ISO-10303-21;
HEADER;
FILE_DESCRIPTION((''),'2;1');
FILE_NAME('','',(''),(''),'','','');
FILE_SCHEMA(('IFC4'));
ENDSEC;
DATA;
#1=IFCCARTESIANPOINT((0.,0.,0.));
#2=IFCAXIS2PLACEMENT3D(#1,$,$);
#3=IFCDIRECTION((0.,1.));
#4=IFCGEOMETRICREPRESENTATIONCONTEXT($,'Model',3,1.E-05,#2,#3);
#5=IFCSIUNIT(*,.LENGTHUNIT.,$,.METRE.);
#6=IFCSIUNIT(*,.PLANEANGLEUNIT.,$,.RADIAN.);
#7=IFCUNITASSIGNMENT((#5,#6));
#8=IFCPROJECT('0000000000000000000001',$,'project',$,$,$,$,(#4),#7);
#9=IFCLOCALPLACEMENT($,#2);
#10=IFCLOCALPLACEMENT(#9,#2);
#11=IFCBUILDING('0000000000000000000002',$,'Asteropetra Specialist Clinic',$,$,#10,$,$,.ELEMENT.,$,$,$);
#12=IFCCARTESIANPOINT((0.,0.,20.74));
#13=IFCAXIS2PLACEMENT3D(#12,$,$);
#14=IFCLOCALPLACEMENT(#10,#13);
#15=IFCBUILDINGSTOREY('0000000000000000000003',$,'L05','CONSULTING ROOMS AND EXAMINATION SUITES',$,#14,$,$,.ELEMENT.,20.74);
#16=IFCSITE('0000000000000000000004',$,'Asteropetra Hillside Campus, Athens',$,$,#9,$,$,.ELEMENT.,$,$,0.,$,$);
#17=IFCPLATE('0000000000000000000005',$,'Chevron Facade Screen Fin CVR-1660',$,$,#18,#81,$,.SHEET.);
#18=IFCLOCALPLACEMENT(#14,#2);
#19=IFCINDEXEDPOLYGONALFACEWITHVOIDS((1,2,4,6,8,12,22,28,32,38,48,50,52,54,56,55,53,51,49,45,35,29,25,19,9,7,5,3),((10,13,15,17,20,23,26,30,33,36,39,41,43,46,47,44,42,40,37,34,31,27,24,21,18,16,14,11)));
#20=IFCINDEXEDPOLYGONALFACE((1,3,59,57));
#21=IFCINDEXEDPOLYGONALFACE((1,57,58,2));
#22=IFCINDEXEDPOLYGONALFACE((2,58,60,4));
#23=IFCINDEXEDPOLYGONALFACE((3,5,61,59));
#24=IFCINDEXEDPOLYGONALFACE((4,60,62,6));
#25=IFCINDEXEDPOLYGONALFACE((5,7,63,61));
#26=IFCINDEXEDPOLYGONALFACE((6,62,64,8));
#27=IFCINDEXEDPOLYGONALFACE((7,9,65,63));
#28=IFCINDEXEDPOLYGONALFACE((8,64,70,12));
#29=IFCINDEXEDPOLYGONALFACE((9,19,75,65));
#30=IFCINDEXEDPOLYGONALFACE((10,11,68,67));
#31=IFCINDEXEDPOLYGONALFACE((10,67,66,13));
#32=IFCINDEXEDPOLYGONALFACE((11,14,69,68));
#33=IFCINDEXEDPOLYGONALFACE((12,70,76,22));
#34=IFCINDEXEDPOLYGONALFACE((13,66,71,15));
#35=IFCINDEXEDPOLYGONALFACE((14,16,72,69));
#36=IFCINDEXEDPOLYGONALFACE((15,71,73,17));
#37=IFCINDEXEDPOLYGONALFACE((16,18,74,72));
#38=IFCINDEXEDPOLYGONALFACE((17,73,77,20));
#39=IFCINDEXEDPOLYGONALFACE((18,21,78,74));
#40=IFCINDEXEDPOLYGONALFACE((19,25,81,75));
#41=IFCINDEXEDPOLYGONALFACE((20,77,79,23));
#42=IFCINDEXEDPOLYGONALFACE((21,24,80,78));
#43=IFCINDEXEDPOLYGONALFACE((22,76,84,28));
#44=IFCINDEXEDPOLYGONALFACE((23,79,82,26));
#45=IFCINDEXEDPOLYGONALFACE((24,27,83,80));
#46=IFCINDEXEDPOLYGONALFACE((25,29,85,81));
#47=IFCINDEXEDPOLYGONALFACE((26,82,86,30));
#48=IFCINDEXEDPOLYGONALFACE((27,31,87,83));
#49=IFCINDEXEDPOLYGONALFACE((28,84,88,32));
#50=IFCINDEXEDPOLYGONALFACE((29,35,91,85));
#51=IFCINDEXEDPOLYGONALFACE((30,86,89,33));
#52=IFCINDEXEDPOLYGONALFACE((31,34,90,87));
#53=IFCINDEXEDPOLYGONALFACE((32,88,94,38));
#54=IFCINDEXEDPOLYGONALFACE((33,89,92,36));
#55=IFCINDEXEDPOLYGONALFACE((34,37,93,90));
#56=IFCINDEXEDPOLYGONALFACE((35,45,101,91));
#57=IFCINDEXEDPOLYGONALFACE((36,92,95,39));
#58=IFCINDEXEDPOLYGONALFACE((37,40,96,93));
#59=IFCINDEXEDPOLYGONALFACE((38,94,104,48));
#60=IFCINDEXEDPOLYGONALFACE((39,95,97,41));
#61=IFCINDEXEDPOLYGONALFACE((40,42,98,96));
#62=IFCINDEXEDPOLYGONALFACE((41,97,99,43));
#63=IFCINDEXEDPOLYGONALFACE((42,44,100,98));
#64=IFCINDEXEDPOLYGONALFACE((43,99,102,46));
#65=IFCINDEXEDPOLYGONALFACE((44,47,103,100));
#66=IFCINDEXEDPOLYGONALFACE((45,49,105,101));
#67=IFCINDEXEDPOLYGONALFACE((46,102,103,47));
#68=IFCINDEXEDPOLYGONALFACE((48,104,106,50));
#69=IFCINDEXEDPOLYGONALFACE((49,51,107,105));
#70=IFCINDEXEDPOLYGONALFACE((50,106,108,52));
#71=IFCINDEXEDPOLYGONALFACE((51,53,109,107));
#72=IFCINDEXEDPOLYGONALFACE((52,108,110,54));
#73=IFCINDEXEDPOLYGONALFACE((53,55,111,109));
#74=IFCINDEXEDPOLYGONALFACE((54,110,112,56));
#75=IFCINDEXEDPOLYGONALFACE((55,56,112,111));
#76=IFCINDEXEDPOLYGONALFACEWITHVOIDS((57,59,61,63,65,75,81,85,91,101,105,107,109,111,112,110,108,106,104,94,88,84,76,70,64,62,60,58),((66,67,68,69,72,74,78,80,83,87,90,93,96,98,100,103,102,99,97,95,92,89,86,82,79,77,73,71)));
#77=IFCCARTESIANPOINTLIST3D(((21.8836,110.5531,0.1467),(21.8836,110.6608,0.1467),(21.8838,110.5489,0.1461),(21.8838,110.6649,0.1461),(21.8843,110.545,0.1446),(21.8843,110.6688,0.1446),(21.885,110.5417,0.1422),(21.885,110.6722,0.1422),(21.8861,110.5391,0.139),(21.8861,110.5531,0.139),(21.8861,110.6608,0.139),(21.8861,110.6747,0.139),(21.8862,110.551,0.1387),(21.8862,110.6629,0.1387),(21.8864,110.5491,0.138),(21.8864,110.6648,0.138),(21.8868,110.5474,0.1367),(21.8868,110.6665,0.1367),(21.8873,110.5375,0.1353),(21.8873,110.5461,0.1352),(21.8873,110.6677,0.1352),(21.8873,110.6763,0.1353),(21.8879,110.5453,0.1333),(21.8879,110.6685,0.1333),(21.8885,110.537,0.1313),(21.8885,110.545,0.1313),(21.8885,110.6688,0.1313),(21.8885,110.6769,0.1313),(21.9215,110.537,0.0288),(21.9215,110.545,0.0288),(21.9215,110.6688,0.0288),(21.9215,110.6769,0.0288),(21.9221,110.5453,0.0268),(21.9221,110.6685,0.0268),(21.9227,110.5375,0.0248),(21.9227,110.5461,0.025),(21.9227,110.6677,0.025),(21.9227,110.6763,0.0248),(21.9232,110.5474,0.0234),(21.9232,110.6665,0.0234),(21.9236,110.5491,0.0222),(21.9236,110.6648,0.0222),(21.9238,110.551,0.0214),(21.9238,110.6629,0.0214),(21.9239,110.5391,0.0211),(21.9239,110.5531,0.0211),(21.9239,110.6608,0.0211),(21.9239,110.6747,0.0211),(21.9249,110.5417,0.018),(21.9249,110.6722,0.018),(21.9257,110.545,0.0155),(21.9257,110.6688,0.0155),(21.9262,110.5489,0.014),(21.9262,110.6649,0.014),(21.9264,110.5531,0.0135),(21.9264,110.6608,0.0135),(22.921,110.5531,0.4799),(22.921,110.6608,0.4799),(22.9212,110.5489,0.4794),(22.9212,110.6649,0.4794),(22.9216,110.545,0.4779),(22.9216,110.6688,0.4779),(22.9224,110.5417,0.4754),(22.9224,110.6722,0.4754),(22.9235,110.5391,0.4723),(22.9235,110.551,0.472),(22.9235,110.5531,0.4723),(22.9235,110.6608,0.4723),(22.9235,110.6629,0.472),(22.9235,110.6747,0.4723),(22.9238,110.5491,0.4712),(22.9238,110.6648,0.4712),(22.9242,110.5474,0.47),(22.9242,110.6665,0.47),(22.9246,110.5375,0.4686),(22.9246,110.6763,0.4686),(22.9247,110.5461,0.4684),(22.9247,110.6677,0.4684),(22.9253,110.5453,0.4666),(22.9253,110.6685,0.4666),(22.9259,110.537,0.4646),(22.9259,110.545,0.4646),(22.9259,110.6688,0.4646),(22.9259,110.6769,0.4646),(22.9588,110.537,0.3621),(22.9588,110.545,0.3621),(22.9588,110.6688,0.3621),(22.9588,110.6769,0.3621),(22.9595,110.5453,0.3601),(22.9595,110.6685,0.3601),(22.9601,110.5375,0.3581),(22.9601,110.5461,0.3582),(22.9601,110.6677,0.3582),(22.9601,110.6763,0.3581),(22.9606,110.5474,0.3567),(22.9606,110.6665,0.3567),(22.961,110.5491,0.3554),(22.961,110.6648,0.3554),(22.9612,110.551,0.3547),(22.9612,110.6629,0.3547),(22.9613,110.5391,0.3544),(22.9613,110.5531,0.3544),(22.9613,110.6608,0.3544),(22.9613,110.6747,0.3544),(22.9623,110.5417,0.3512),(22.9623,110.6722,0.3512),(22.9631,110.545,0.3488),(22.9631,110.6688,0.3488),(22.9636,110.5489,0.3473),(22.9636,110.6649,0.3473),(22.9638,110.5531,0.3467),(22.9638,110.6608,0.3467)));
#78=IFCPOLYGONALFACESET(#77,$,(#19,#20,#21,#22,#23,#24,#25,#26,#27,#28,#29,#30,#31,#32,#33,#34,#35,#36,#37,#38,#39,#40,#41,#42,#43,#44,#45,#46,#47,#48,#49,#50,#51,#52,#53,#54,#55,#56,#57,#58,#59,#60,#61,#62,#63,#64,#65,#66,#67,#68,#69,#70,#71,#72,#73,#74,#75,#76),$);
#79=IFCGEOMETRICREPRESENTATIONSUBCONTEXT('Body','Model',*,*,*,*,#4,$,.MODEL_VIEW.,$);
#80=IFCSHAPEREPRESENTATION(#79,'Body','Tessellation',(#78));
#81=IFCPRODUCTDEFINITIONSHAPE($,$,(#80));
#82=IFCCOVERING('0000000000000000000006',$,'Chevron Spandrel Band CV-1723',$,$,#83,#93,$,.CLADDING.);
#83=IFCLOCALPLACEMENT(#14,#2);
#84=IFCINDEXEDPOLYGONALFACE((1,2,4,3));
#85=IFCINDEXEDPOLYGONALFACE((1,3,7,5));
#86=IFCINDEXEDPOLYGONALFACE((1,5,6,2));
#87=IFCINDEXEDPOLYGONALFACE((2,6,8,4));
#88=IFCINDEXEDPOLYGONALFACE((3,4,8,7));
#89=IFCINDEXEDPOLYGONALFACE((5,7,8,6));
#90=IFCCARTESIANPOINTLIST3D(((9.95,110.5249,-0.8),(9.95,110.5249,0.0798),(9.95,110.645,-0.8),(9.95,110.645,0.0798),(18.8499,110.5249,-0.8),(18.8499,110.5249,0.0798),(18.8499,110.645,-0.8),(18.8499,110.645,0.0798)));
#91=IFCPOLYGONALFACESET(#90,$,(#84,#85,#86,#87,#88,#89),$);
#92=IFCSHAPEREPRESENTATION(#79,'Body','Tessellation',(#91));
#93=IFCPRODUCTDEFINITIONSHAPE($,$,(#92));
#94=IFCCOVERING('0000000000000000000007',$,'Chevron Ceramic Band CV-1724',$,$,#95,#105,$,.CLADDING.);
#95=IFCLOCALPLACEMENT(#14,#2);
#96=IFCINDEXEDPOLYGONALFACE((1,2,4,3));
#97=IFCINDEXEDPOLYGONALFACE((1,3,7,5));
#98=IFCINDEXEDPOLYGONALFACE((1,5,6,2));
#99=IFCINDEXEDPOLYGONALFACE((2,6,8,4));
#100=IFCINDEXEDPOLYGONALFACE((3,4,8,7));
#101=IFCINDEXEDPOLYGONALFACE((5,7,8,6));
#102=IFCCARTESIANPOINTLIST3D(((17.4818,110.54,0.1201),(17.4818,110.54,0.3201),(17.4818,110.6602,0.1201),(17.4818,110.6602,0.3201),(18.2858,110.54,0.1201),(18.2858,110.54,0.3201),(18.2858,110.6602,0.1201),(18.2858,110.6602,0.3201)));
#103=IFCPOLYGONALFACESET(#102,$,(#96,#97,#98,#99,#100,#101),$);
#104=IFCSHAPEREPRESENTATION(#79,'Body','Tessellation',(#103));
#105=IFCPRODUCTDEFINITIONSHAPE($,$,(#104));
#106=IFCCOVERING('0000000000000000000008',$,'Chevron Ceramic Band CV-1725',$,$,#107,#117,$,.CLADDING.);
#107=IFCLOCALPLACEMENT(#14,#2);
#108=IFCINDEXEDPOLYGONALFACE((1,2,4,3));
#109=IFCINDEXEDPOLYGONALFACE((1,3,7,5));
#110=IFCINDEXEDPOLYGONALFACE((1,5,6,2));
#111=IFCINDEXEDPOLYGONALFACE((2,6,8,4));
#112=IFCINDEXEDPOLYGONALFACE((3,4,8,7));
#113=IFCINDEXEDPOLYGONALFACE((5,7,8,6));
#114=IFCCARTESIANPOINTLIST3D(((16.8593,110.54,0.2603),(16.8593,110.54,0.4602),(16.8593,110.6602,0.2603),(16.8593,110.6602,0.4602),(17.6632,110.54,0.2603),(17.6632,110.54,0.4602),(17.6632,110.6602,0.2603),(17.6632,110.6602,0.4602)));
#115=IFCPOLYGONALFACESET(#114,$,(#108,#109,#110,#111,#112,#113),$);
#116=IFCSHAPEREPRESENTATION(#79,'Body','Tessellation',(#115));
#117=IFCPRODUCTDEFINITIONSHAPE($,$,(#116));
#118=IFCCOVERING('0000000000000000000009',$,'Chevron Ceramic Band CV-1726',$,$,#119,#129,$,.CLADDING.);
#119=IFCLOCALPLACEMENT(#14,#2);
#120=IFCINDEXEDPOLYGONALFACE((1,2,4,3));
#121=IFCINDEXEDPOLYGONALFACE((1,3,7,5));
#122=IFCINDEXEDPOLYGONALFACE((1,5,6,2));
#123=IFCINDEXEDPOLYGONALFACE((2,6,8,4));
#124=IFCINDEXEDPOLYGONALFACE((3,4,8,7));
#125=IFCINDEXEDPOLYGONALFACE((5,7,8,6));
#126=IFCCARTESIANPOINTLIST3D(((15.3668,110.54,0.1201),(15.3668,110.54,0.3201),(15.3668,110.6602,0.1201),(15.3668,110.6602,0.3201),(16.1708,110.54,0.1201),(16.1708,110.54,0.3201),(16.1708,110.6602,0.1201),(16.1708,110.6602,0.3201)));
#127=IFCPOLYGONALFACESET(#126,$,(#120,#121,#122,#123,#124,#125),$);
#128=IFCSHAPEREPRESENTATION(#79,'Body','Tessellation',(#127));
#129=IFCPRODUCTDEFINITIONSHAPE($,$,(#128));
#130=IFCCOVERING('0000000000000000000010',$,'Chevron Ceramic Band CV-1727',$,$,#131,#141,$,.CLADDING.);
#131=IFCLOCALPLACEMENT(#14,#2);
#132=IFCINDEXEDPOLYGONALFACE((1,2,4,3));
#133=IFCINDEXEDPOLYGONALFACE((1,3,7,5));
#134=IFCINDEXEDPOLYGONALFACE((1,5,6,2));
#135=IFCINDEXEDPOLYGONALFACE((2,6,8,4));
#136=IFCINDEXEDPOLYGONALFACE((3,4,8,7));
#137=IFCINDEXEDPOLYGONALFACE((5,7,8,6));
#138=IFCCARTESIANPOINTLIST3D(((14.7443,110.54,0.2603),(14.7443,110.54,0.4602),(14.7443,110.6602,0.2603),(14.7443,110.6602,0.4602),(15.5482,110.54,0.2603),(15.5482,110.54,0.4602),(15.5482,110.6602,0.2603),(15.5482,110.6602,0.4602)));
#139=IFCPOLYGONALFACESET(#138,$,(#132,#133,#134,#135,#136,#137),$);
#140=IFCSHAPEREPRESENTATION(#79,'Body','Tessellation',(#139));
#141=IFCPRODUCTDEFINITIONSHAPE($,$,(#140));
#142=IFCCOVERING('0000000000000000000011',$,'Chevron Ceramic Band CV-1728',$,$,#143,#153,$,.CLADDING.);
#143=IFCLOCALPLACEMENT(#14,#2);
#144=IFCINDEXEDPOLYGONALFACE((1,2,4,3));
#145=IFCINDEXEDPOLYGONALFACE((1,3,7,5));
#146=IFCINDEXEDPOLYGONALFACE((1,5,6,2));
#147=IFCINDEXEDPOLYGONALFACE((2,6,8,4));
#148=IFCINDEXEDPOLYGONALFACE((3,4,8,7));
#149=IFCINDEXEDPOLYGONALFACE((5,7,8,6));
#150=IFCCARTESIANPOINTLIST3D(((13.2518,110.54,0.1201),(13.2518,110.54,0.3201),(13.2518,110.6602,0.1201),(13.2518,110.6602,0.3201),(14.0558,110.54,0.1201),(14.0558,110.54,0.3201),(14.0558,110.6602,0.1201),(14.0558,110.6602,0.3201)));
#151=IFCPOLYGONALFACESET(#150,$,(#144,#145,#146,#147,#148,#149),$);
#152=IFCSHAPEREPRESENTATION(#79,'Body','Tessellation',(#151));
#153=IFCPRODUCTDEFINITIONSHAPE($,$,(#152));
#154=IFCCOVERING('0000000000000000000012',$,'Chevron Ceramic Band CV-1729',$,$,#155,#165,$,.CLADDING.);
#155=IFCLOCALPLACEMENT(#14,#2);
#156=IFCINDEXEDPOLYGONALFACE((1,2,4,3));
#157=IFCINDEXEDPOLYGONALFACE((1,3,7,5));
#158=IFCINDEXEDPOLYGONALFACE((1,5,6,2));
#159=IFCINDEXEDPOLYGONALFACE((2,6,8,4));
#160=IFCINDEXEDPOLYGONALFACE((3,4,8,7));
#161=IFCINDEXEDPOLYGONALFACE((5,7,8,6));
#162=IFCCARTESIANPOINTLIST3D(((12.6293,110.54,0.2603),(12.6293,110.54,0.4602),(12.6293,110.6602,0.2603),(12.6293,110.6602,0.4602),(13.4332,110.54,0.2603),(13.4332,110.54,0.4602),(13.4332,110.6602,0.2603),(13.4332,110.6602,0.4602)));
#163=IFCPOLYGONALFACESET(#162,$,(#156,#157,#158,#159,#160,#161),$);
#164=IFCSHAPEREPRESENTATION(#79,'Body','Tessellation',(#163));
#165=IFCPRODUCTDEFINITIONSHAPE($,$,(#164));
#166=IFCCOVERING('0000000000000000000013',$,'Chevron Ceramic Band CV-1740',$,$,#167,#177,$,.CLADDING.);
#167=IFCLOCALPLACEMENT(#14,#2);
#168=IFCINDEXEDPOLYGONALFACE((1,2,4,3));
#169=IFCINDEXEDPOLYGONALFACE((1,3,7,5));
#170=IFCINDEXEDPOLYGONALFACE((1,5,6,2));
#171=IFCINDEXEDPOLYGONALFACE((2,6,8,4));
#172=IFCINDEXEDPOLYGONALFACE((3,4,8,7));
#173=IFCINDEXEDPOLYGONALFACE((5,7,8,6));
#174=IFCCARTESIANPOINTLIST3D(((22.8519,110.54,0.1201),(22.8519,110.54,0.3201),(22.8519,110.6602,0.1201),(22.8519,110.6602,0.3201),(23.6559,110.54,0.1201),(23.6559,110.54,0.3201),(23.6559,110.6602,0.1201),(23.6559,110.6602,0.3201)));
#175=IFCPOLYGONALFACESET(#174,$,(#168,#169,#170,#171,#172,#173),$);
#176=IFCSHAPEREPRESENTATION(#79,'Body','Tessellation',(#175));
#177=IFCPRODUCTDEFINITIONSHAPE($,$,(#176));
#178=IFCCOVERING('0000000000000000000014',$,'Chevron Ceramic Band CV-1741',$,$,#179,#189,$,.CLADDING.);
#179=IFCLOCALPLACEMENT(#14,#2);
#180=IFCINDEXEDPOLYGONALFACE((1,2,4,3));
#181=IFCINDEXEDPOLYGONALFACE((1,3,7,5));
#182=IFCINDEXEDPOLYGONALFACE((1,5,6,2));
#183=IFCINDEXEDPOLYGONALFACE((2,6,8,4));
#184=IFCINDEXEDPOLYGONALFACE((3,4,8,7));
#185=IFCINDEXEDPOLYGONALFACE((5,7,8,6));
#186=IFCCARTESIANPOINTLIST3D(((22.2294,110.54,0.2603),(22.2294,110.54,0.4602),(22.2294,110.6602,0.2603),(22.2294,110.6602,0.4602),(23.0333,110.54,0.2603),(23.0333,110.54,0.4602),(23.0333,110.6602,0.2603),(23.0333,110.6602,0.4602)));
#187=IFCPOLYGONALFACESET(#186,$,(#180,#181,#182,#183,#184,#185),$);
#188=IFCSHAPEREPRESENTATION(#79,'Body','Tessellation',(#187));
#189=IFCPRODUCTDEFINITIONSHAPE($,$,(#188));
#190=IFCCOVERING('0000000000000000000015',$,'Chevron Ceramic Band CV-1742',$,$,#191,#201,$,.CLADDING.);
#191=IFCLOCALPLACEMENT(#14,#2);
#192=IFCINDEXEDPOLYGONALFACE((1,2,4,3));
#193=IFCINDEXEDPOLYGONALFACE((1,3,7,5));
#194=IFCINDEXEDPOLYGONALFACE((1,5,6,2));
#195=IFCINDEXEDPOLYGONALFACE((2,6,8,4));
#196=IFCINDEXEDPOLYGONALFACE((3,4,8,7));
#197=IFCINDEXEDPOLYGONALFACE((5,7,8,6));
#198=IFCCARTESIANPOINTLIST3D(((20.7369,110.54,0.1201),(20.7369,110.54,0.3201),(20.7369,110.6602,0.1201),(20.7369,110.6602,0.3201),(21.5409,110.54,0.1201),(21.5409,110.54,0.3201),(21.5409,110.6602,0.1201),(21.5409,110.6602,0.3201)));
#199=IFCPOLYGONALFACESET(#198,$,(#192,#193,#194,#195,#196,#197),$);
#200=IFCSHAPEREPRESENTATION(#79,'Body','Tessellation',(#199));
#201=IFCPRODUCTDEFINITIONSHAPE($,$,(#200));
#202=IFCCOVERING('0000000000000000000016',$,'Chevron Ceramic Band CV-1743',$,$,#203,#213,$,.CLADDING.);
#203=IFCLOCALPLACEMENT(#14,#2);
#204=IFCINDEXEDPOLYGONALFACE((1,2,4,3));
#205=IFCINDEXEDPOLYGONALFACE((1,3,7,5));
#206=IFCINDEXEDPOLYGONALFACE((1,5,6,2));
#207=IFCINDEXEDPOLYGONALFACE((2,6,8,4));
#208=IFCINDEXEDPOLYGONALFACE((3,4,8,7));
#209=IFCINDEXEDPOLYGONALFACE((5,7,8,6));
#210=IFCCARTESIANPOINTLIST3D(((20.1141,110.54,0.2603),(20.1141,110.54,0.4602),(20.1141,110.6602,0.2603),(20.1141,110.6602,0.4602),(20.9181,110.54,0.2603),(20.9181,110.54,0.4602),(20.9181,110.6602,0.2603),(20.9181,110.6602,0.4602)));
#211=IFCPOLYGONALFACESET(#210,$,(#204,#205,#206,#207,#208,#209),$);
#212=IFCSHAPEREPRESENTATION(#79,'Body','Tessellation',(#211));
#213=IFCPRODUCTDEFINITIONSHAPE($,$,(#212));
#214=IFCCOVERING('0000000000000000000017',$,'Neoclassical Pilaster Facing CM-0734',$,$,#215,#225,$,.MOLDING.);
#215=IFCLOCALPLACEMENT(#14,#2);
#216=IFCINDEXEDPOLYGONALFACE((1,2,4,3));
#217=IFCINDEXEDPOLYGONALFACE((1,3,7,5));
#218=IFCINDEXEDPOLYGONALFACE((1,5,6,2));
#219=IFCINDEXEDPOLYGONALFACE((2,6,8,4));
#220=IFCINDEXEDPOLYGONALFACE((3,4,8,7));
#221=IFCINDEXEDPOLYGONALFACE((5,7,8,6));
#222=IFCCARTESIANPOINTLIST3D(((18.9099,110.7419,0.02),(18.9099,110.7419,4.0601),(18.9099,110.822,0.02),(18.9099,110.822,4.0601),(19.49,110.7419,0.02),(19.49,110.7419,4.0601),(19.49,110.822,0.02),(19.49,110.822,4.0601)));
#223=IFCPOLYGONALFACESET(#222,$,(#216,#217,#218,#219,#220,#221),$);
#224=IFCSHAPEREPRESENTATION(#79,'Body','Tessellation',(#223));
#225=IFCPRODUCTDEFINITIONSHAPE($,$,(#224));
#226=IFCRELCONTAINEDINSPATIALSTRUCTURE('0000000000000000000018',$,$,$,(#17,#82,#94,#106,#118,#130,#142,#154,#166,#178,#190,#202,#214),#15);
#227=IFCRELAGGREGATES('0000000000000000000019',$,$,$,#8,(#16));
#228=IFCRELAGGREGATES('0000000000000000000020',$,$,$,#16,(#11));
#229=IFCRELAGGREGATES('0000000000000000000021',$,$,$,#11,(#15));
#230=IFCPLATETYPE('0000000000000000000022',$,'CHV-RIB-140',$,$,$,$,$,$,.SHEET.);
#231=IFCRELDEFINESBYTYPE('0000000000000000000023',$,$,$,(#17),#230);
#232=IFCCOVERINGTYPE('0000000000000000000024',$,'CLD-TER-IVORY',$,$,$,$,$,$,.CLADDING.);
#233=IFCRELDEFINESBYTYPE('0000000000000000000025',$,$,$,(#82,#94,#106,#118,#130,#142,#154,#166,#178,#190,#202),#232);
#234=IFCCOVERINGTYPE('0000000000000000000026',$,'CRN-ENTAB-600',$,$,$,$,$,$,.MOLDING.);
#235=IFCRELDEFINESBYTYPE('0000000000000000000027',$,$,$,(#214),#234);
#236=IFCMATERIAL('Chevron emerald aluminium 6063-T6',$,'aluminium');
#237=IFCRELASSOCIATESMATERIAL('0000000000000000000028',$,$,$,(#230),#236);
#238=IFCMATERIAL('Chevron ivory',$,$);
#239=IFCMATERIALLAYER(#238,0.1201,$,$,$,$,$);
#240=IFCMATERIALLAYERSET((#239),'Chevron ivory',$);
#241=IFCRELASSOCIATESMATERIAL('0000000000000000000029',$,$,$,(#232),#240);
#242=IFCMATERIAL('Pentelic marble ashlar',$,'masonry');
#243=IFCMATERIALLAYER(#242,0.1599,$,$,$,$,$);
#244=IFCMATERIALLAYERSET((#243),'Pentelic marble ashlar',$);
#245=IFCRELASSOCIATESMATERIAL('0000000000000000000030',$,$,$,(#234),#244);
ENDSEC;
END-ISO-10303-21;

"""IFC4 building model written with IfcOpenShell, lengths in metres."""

from ifc_helpers import new_model, si_unit, direction, frame, origin, origin_2d, place, context, subcontext, project, spatial, rectangle, hollow_rectangle, extrude, material, layer, layer_set, material_profile, profile_set, type_object, element, save


model = new_model("IFC4")

# Units and contexts
model_context = context("Model", 3, precision=1e-05, world=origin(), true_north=direction((0.0, 1.0)))
body_context = subcontext(model_context, "Body", "Model", "MODEL_VIEW")
ifc_project = project(units=[si_unit("LENGTHUNIT", "METRE"), si_unit("PLANEANGLEUNIT", "RADIAN")], contexts=[model_context])

# Site, building, storey
site_placement = place(None, origin())
site = spatial("IfcSite", under=ifc_project, at=site_placement, Name="Asteropetra Hillside Campus, Athens", CompositionType="ELEMENT", RefElevation=0.0)
building_placement = place(site_placement, origin())
building = spatial("IfcBuilding", under=site, at=building_placement, Name="Asteropetra Specialist Clinic", CompositionType="ELEMENT")
storey_placement = place(building_placement, frame((0.0, 0.0, 20.74)))
storey = spatial("IfcBuildingStorey", under=building, at=storey_placement, Name="L05", Description="CONSULTING ROOMS AND EXAMINATION SUITES", CompositionType="ELEMENT", Elevation=20.74)

# Plate
ifc_material_1 = material(Name="Chevron emerald aluminium 6063-T6", Category="aluminium")
ifc_material_profile_1 = material_profile(ifc_material_1, hollow_rectangle(XDim=0.1399, YDim=0.1399, WallThickness=0.0081, InnerFilletRadius=0.0081, OuterFilletRadius=0.0161, at=origin_2d()), Name="SHS 140x140x8.0")
ifc_profile_set_1 = profile_set([ifc_material_profile_1], Name="Chevron emerald aluminium 6063-T6")
plate_type = type_object("IfcPlateType", Name="CHV-RIB-140", PredefinedType="SHEET", material=ifc_profile_set_1)
plate_placement = place(storey_placement, frame((22.9424, 110.6069, 0.4133), z_axis=(-0.952078, 0.0, -0.305857), x_axis=(0.0, -1.0, 0.0)))
element("IfcPlate", 1, at=plate_placement, inside=storey, type_object=plate_type, Name="Chevron Facade Screen Fin CVR-1660", PredefinedType="SHEET", context=body_context, shape_type="SweptSolid", body=[
    extrude(hollow_rectangle(XDim=0.1399, YDim=0.1399, WallThickness=0.0081, InnerFilletRadius=0.0081, OuterFilletRadius=0.0161, at=origin_2d()), origin(), (0.0, 0.0, 1.0), 1.0896),
])

# Coverings
ifc_material_2 = material(Name="Chevron ivory")
ifc_layer_1 = layer(ifc_material_2, 0.1201)
ifc_layer_set_1 = layer_set([ifc_layer_1], Name="Chevron ivory")
covering_type_1 = type_object("IfcCoveringType", Name="CLD-TER-IVORY", PredefinedType="CLADDING", material=ifc_layer_set_1)
covering_1_placement = place(storey_placement, frame((14.3999, 110.585, -0.8), z_axis=(0.0, 0.0, 1.0), x_axis=(1.0, 0.0, 0.0)))
element("IfcCovering", 2, at=covering_1_placement, inside=storey, type_object=covering_type_1, Name="Chevron Spandrel Band CV-1723", PredefinedType="CLADDING", context=body_context, shape_type="SweptSolid", body=[
    extrude(rectangle(XDim=8.8999, YDim=0.1201, at=origin_2d()), origin(), (0.0, 0.0, 1.0), 0.8799),
])
for number, where, z_axis, x_axis, name in (
    (3, (17.8838, 110.6001, 0.1201), (0.0, 0.0, 1.0), (1.0, 0.0, 0.0), "Chevron Ceramic Band CV-1724"),
    (4, (17.2612, 110.6001, 0.2603), (0.0, 0.0, 1.0), (1.0, 0.0, 0.0), "Chevron Ceramic Band CV-1725"),
    (5, (15.7688, 110.6001, 0.1201), (0.0, 0.0, 1.0), (1.0, 0.0, 0.0), "Chevron Ceramic Band CV-1726"),
    (6, (15.1462, 110.6001, 0.2603), (0.0, 0.0, 1.0), (1.0, 0.0, 0.0), "Chevron Ceramic Band CV-1727"),
    (7, (13.6538, 110.6001, 0.1201), (0.0, 0.0, 1.0), (1.0, 0.0, 0.0), "Chevron Ceramic Band CV-1728"),
    (8, (13.0312, 110.6001, 0.2603), (0.0, 0.0, 1.0), (1.0, 0.0, 0.0), "Chevron Ceramic Band CV-1729"),
    (9, (23.2539, 110.6001, 0.1201), (0.0, 0.0, 1.0), (1.0, 0.0, 0.0), "Chevron Ceramic Band CV-1740"),
    (10, (22.6313, 110.6001, 0.2603), (0.0, 0.0, 1.0), (1.0, 0.0, 0.0), "Chevron Ceramic Band CV-1741"),
    (11, (21.1389, 110.6001, 0.1201), (0.0, 0.0, 1.0), (1.0, 0.0, 0.0), "Chevron Ceramic Band CV-1742"),
    (12, (20.5161, 110.6001, 0.2603), (0.0, 0.0, 1.0), (1.0, 0.0, 0.0), "Chevron Ceramic Band CV-1743"),
):
    element("IfcCovering", number, at=place(storey_placement, frame(where, z_axis=z_axis, x_axis=x_axis)), inside=storey, type_object=covering_type_1, Name=name, PredefinedType="CLADDING", context=body_context, shape_type="SweptSolid", body=[
        extrude(rectangle(XDim=0.804, YDim=0.1201, at=origin_2d()), origin(), (0.0, 0.0, 1.0), 0.2),
    ])
ifc_material_3 = material(Name="Pentelic marble ashlar", Category="masonry")
ifc_layer_2 = layer(ifc_material_3, 0.1599)
ifc_layer_set_2 = layer_set([ifc_layer_2], Name="Pentelic marble ashlar")
covering_type_2 = type_object("IfcCoveringType", Name="CRN-ENTAB-600", PredefinedType="MOLDING", material=ifc_layer_set_2)
covering_2_placement = place(storey_placement, frame((19.2, 110.782, 0.02), z_axis=(0.0, 0.0, 1.0), x_axis=(1.0, 0.0, 0.0)))
element("IfcCovering", 13, at=covering_2_placement, inside=storey, type_object=covering_type_2, Name="Neoclassical Pilaster Facing CM-0734", PredefinedType="MOLDING", context=body_context, shape_type="SweptSolid", body=[
    extrude(rectangle(XDim=0.5801, YDim=0.0801, at=origin_2d()), origin(), (0.0, 0.0, 1.0), 4.04),
])

save(model, "model.ifc")
